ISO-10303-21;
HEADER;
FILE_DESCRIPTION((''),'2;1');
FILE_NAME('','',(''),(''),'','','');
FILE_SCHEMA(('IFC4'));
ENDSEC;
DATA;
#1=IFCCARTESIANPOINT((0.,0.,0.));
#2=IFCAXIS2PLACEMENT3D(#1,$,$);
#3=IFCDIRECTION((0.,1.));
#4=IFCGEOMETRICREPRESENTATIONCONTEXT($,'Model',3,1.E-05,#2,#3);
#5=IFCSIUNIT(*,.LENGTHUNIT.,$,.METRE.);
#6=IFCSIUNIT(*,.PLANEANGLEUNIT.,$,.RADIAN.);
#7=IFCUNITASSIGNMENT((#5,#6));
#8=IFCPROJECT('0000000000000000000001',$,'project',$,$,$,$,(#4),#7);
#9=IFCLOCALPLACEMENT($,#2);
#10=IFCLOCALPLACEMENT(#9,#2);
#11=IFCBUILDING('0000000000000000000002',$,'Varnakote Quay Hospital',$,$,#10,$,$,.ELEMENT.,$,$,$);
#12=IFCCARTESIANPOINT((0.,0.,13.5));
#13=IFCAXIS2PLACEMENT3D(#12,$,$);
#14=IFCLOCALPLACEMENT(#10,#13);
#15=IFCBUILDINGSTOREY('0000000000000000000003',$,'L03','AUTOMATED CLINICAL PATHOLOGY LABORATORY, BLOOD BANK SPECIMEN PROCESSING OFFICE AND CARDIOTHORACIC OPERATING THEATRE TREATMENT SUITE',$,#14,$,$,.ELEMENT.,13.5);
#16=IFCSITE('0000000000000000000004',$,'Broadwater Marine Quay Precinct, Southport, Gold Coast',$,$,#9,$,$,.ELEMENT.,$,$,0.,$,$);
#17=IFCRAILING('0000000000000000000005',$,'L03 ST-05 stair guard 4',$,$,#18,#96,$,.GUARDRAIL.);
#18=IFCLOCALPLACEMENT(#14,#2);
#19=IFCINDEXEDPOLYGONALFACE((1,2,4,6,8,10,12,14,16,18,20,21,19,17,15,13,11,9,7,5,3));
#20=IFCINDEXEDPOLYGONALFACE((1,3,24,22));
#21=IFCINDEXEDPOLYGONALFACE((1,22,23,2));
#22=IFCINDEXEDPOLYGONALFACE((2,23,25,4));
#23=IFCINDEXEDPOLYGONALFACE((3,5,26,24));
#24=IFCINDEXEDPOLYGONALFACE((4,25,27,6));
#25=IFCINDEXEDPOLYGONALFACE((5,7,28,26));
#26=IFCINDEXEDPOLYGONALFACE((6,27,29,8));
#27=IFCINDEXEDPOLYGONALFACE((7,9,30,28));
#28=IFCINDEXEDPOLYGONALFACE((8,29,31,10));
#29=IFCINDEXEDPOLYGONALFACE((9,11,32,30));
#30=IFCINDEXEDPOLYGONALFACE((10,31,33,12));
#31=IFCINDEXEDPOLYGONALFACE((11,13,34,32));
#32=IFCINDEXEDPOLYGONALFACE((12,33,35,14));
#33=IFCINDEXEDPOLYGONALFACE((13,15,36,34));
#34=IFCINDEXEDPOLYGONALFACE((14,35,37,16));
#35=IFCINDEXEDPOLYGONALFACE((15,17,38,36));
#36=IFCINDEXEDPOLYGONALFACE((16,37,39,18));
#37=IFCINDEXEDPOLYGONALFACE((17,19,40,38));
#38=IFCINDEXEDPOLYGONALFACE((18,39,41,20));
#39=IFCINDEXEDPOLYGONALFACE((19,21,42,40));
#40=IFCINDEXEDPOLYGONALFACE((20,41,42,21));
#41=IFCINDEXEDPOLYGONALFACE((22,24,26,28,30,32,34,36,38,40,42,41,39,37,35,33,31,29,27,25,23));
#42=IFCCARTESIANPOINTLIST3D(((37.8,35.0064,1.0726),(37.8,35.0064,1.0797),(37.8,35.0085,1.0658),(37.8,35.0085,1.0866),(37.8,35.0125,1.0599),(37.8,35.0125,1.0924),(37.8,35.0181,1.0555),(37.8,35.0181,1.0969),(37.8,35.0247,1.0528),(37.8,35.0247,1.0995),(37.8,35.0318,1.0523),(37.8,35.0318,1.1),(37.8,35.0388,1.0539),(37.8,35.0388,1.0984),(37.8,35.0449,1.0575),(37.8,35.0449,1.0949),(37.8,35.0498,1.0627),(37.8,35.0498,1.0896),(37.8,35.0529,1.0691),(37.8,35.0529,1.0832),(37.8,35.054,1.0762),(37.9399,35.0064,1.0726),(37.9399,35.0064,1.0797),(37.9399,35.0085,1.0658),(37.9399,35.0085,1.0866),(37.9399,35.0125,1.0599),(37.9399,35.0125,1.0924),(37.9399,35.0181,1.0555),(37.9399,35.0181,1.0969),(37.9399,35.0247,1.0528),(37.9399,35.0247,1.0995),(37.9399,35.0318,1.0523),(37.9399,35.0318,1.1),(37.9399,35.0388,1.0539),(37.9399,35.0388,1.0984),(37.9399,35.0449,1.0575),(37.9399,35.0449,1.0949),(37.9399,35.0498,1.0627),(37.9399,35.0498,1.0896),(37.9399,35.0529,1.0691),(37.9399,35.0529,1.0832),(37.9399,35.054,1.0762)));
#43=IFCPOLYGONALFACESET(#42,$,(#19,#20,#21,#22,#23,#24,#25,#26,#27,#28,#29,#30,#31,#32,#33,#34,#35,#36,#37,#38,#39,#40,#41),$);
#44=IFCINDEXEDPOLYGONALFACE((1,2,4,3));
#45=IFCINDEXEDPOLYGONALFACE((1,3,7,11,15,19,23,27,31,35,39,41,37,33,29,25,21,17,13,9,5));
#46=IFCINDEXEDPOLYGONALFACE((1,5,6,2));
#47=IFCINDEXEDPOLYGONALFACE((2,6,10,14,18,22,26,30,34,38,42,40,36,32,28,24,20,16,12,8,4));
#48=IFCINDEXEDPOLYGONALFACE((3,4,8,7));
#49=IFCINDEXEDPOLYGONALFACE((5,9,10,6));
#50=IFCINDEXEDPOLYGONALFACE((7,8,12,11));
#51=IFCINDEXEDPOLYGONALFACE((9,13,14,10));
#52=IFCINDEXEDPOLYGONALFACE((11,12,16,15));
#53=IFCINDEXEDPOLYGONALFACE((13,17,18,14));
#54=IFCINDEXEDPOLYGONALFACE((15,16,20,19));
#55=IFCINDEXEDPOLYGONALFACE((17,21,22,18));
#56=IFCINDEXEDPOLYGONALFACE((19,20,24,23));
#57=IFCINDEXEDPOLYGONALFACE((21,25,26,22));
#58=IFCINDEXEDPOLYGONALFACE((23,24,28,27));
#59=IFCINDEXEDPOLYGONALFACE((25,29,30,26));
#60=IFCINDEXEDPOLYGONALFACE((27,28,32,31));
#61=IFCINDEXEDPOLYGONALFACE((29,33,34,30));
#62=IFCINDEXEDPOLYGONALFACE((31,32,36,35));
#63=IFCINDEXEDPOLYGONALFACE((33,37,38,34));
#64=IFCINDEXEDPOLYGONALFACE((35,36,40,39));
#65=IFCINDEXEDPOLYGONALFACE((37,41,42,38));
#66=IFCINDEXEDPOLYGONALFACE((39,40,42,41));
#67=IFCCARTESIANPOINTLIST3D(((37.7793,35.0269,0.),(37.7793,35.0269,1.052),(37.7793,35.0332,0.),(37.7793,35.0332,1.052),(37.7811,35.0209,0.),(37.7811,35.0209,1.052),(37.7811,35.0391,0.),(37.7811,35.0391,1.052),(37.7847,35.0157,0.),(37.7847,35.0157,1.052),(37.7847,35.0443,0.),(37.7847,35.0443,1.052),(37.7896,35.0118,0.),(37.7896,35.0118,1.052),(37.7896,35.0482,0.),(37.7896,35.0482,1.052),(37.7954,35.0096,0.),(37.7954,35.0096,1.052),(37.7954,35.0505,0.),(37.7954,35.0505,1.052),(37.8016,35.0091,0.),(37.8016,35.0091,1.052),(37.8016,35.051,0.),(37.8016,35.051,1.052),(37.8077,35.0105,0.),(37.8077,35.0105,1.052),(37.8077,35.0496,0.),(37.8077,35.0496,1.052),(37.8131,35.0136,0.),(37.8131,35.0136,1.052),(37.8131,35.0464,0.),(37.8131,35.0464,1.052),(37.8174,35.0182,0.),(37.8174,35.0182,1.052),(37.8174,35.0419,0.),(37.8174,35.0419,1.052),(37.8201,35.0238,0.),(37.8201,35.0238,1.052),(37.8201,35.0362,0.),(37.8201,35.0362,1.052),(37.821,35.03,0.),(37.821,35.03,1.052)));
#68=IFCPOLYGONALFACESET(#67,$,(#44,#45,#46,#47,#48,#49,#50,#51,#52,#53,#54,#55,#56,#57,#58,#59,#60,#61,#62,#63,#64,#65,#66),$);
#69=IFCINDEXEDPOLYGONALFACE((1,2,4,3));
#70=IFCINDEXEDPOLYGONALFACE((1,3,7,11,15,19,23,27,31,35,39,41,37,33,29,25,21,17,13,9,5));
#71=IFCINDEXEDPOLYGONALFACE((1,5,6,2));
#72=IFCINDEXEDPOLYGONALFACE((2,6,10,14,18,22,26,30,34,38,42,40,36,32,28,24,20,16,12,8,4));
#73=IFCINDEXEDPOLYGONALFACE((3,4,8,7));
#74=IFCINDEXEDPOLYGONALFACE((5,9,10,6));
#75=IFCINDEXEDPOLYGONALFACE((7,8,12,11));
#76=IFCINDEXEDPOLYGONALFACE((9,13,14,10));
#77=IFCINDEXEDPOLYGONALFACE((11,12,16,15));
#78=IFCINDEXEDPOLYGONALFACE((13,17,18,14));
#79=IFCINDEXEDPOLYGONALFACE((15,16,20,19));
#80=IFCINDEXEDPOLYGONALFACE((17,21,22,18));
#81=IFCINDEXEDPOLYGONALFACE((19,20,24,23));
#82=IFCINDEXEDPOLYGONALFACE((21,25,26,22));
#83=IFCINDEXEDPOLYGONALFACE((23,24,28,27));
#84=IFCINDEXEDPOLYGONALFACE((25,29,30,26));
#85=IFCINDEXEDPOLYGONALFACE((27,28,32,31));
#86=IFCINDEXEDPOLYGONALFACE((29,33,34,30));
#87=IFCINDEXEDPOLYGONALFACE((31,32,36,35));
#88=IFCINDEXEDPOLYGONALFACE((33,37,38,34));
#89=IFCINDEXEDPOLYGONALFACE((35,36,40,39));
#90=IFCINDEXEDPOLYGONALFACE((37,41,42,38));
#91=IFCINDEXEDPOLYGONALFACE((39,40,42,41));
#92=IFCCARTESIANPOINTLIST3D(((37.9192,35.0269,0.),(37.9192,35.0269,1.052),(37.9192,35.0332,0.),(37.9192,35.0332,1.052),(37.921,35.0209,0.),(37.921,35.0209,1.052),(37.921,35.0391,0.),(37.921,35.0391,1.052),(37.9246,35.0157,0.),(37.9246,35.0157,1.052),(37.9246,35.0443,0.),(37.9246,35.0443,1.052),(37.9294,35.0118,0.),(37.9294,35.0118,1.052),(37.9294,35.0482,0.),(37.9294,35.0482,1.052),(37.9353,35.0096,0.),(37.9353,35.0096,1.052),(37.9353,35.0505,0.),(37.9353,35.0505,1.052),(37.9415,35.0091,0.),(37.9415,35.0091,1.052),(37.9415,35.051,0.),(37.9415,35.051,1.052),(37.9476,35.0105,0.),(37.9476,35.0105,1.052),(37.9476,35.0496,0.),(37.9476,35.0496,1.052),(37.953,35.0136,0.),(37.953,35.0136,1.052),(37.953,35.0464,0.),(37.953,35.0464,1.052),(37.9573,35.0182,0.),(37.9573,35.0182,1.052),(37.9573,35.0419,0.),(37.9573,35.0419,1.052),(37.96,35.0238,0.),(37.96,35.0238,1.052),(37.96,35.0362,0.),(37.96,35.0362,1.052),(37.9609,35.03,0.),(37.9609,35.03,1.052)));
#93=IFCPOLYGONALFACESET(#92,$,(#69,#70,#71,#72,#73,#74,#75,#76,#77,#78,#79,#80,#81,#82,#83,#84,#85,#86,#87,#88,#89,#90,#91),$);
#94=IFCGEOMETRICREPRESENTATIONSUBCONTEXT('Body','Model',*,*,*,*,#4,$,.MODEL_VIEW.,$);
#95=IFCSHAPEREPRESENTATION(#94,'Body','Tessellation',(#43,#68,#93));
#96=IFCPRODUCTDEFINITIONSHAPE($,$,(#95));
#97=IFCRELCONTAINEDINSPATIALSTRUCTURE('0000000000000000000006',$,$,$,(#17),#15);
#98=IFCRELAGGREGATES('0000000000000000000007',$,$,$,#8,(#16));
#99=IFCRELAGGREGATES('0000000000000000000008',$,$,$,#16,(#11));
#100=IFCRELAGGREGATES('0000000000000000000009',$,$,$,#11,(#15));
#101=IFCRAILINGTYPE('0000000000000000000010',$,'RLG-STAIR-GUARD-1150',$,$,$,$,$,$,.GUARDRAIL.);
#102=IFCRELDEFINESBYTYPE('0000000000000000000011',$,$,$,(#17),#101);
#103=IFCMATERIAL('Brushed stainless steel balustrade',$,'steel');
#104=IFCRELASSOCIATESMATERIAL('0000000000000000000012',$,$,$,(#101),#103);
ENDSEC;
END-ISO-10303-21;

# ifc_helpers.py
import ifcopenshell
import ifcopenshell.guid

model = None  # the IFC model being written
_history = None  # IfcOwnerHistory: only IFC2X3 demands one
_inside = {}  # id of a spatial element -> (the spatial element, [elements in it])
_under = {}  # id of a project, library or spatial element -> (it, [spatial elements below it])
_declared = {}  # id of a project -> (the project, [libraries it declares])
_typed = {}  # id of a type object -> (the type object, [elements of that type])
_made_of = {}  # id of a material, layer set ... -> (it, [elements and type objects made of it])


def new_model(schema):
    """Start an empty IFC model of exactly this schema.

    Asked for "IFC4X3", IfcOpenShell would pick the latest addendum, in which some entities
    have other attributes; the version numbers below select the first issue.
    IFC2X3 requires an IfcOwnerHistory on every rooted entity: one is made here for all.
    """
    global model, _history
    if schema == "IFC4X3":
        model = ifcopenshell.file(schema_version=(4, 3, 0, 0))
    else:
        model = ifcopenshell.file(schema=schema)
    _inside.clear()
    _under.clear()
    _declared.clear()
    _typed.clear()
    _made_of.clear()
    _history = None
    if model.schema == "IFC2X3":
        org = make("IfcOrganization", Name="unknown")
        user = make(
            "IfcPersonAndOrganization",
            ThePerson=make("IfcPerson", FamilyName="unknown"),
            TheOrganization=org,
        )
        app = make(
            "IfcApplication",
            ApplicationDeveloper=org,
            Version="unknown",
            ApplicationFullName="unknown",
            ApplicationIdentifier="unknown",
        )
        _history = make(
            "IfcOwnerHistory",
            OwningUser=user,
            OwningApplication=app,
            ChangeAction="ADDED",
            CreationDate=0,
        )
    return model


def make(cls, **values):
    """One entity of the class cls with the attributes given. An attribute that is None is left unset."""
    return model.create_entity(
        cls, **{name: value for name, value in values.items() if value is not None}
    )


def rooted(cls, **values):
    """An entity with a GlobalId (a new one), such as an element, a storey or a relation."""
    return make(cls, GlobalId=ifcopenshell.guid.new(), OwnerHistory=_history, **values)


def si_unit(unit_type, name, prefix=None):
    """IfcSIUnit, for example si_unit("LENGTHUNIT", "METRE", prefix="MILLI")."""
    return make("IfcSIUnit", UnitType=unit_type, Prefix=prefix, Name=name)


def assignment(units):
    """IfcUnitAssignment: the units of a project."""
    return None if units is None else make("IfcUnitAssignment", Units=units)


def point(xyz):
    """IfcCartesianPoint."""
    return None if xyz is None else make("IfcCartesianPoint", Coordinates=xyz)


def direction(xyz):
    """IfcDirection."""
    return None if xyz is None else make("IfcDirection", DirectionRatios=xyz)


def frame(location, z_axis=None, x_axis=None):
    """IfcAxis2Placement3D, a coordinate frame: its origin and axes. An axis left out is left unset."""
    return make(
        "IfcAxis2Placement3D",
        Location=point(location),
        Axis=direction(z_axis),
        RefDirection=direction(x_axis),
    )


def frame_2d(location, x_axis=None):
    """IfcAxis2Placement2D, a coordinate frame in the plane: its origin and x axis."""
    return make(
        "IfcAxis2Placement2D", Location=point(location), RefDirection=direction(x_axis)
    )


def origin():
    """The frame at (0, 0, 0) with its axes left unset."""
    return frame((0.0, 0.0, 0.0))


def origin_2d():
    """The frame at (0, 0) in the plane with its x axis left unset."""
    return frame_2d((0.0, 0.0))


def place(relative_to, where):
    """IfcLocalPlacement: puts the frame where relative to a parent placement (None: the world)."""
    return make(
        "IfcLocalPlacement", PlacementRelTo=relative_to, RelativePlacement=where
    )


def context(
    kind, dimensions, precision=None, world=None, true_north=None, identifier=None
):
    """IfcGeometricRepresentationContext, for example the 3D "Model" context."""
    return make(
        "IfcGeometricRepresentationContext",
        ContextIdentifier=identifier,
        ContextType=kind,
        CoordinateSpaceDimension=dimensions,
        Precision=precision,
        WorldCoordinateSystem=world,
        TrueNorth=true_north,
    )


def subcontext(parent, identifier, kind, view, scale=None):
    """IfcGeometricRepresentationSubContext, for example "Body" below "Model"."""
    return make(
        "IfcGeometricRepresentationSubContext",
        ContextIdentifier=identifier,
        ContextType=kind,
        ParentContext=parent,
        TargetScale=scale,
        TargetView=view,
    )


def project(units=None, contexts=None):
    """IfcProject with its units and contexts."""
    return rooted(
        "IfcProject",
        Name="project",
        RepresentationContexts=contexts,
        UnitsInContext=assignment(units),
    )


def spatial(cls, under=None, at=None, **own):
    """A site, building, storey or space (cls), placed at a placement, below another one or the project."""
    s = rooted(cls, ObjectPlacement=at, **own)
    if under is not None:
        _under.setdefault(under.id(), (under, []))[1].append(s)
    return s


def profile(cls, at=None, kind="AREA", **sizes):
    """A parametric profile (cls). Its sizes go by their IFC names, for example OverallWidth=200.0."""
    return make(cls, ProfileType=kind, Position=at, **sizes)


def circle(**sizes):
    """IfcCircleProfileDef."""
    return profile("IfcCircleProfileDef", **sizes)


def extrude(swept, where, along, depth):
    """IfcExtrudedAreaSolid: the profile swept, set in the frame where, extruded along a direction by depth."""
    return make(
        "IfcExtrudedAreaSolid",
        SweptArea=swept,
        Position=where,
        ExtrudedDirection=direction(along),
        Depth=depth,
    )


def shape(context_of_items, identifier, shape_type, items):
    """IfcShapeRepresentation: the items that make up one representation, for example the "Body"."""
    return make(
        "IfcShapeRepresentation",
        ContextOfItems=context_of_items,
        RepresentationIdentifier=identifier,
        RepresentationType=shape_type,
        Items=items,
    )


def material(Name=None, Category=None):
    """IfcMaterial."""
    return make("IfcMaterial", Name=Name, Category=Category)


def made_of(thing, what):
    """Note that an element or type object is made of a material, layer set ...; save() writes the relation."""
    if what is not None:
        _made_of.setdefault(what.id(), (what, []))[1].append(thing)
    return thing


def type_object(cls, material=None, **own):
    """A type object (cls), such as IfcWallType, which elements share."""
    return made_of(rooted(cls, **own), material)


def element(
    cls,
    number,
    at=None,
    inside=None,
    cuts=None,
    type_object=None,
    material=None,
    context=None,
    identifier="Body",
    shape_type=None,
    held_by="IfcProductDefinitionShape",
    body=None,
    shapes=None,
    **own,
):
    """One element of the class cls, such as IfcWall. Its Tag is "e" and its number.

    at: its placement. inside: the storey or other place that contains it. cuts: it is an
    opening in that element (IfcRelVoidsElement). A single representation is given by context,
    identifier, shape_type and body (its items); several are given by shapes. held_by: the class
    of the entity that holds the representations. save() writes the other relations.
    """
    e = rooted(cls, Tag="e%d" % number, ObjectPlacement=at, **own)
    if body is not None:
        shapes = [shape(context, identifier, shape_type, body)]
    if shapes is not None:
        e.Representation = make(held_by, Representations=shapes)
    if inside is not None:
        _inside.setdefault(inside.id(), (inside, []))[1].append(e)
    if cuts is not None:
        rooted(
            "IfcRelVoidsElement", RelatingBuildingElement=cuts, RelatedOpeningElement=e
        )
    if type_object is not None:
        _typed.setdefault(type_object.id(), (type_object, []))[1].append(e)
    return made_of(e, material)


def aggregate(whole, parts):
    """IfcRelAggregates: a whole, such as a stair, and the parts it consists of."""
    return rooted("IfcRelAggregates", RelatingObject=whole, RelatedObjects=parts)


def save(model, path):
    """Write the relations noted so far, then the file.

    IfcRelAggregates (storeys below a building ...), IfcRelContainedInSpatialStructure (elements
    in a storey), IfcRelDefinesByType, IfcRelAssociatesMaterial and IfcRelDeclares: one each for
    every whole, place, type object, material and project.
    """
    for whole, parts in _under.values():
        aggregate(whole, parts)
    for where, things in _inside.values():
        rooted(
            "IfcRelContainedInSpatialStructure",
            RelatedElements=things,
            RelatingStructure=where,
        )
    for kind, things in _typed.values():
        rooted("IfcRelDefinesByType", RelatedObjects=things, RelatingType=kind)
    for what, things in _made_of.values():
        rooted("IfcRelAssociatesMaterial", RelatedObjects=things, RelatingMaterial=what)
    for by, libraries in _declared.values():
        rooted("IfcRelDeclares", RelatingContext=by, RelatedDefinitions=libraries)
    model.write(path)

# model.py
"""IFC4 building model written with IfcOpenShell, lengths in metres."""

from ifc_helpers import new_model, si_unit, direction, frame, origin, origin_2d, place, context, subcontext, project, spatial, circle, extrude, material, type_object, element, save


model = new_model("IFC4")

# Units and contexts
model_context = context("Model", 3, precision=1e-05, world=origin(), true_north=direction((0.0, 1.0)))
body_context = subcontext(model_context, "Body", "Model", "MODEL_VIEW")
ifc_project = project(units=[si_unit("LENGTHUNIT", "METRE"), si_unit("PLANEANGLEUNIT", "RADIAN")], contexts=[model_context])

# Site, building, storey
site_placement = place(None, origin())
site = spatial("IfcSite", under=ifc_project, at=site_placement, Name="Broadwater Marine Quay Precinct, Southport, Gold Coast", CompositionType="ELEMENT", RefElevation=0.0)
building_placement = place(site_placement, origin())
building = spatial("IfcBuilding", under=site, at=building_placement, Name="Varnakote Quay Hospital", CompositionType="ELEMENT")
storey_placement = place(building_placement, frame((0.0, 0.0, 13.5)))
storey = spatial("IfcBuildingStorey", under=building, at=storey_placement, Name="L03", Description="AUTOMATED CLINICAL PATHOLOGY LABORATORY, BLOOD BANK SPECIMEN PROCESSING OFFICE AND CARDIOTHORACIC OPERATING THEATRE TREATMENT SUITE", CompositionType="ELEMENT", Elevation=13.5)

# Railing
ifc_material_1 = material(Name="Brushed stainless steel balustrade", Category="steel")
railing_type_1 = type_object("IfcRailingType", Name="RLG-STAIR-GUARD-1150", PredefinedType="GUARDRAIL", material=ifc_material_1)
railing_1_placement = place(storey_placement, frame((37.8, 35.03, 0.0)))
element("IfcRailing", 1, at=railing_1_placement, inside=storey, type_object=railing_type_1, Name="L03 ST-05 stair guard 4", PredefinedType="GUARDRAIL", context=body_context, shape_type="SweptSolid", body=[
    extrude(circle(Radius=0.0239, at=origin_2d()), frame((0.0, 0.0, 1.0762), z_axis=(1.0, 0.0, 0.0), x_axis=(0.0, 1.0, 0.0)), (0.0, 0.0, 1.0), 0.1399),
    extrude(circle(Radius=0.021, at=origin_2d()), origin(), (0.0, 0.0, 1.0), 1.052),
    extrude(circle(Radius=0.021, at=origin_2d()), frame((0.1399, 0.0, 0.0)), (0.0, 0.0, 1.0), 1.052),
])

save(model, "model.ifc")
